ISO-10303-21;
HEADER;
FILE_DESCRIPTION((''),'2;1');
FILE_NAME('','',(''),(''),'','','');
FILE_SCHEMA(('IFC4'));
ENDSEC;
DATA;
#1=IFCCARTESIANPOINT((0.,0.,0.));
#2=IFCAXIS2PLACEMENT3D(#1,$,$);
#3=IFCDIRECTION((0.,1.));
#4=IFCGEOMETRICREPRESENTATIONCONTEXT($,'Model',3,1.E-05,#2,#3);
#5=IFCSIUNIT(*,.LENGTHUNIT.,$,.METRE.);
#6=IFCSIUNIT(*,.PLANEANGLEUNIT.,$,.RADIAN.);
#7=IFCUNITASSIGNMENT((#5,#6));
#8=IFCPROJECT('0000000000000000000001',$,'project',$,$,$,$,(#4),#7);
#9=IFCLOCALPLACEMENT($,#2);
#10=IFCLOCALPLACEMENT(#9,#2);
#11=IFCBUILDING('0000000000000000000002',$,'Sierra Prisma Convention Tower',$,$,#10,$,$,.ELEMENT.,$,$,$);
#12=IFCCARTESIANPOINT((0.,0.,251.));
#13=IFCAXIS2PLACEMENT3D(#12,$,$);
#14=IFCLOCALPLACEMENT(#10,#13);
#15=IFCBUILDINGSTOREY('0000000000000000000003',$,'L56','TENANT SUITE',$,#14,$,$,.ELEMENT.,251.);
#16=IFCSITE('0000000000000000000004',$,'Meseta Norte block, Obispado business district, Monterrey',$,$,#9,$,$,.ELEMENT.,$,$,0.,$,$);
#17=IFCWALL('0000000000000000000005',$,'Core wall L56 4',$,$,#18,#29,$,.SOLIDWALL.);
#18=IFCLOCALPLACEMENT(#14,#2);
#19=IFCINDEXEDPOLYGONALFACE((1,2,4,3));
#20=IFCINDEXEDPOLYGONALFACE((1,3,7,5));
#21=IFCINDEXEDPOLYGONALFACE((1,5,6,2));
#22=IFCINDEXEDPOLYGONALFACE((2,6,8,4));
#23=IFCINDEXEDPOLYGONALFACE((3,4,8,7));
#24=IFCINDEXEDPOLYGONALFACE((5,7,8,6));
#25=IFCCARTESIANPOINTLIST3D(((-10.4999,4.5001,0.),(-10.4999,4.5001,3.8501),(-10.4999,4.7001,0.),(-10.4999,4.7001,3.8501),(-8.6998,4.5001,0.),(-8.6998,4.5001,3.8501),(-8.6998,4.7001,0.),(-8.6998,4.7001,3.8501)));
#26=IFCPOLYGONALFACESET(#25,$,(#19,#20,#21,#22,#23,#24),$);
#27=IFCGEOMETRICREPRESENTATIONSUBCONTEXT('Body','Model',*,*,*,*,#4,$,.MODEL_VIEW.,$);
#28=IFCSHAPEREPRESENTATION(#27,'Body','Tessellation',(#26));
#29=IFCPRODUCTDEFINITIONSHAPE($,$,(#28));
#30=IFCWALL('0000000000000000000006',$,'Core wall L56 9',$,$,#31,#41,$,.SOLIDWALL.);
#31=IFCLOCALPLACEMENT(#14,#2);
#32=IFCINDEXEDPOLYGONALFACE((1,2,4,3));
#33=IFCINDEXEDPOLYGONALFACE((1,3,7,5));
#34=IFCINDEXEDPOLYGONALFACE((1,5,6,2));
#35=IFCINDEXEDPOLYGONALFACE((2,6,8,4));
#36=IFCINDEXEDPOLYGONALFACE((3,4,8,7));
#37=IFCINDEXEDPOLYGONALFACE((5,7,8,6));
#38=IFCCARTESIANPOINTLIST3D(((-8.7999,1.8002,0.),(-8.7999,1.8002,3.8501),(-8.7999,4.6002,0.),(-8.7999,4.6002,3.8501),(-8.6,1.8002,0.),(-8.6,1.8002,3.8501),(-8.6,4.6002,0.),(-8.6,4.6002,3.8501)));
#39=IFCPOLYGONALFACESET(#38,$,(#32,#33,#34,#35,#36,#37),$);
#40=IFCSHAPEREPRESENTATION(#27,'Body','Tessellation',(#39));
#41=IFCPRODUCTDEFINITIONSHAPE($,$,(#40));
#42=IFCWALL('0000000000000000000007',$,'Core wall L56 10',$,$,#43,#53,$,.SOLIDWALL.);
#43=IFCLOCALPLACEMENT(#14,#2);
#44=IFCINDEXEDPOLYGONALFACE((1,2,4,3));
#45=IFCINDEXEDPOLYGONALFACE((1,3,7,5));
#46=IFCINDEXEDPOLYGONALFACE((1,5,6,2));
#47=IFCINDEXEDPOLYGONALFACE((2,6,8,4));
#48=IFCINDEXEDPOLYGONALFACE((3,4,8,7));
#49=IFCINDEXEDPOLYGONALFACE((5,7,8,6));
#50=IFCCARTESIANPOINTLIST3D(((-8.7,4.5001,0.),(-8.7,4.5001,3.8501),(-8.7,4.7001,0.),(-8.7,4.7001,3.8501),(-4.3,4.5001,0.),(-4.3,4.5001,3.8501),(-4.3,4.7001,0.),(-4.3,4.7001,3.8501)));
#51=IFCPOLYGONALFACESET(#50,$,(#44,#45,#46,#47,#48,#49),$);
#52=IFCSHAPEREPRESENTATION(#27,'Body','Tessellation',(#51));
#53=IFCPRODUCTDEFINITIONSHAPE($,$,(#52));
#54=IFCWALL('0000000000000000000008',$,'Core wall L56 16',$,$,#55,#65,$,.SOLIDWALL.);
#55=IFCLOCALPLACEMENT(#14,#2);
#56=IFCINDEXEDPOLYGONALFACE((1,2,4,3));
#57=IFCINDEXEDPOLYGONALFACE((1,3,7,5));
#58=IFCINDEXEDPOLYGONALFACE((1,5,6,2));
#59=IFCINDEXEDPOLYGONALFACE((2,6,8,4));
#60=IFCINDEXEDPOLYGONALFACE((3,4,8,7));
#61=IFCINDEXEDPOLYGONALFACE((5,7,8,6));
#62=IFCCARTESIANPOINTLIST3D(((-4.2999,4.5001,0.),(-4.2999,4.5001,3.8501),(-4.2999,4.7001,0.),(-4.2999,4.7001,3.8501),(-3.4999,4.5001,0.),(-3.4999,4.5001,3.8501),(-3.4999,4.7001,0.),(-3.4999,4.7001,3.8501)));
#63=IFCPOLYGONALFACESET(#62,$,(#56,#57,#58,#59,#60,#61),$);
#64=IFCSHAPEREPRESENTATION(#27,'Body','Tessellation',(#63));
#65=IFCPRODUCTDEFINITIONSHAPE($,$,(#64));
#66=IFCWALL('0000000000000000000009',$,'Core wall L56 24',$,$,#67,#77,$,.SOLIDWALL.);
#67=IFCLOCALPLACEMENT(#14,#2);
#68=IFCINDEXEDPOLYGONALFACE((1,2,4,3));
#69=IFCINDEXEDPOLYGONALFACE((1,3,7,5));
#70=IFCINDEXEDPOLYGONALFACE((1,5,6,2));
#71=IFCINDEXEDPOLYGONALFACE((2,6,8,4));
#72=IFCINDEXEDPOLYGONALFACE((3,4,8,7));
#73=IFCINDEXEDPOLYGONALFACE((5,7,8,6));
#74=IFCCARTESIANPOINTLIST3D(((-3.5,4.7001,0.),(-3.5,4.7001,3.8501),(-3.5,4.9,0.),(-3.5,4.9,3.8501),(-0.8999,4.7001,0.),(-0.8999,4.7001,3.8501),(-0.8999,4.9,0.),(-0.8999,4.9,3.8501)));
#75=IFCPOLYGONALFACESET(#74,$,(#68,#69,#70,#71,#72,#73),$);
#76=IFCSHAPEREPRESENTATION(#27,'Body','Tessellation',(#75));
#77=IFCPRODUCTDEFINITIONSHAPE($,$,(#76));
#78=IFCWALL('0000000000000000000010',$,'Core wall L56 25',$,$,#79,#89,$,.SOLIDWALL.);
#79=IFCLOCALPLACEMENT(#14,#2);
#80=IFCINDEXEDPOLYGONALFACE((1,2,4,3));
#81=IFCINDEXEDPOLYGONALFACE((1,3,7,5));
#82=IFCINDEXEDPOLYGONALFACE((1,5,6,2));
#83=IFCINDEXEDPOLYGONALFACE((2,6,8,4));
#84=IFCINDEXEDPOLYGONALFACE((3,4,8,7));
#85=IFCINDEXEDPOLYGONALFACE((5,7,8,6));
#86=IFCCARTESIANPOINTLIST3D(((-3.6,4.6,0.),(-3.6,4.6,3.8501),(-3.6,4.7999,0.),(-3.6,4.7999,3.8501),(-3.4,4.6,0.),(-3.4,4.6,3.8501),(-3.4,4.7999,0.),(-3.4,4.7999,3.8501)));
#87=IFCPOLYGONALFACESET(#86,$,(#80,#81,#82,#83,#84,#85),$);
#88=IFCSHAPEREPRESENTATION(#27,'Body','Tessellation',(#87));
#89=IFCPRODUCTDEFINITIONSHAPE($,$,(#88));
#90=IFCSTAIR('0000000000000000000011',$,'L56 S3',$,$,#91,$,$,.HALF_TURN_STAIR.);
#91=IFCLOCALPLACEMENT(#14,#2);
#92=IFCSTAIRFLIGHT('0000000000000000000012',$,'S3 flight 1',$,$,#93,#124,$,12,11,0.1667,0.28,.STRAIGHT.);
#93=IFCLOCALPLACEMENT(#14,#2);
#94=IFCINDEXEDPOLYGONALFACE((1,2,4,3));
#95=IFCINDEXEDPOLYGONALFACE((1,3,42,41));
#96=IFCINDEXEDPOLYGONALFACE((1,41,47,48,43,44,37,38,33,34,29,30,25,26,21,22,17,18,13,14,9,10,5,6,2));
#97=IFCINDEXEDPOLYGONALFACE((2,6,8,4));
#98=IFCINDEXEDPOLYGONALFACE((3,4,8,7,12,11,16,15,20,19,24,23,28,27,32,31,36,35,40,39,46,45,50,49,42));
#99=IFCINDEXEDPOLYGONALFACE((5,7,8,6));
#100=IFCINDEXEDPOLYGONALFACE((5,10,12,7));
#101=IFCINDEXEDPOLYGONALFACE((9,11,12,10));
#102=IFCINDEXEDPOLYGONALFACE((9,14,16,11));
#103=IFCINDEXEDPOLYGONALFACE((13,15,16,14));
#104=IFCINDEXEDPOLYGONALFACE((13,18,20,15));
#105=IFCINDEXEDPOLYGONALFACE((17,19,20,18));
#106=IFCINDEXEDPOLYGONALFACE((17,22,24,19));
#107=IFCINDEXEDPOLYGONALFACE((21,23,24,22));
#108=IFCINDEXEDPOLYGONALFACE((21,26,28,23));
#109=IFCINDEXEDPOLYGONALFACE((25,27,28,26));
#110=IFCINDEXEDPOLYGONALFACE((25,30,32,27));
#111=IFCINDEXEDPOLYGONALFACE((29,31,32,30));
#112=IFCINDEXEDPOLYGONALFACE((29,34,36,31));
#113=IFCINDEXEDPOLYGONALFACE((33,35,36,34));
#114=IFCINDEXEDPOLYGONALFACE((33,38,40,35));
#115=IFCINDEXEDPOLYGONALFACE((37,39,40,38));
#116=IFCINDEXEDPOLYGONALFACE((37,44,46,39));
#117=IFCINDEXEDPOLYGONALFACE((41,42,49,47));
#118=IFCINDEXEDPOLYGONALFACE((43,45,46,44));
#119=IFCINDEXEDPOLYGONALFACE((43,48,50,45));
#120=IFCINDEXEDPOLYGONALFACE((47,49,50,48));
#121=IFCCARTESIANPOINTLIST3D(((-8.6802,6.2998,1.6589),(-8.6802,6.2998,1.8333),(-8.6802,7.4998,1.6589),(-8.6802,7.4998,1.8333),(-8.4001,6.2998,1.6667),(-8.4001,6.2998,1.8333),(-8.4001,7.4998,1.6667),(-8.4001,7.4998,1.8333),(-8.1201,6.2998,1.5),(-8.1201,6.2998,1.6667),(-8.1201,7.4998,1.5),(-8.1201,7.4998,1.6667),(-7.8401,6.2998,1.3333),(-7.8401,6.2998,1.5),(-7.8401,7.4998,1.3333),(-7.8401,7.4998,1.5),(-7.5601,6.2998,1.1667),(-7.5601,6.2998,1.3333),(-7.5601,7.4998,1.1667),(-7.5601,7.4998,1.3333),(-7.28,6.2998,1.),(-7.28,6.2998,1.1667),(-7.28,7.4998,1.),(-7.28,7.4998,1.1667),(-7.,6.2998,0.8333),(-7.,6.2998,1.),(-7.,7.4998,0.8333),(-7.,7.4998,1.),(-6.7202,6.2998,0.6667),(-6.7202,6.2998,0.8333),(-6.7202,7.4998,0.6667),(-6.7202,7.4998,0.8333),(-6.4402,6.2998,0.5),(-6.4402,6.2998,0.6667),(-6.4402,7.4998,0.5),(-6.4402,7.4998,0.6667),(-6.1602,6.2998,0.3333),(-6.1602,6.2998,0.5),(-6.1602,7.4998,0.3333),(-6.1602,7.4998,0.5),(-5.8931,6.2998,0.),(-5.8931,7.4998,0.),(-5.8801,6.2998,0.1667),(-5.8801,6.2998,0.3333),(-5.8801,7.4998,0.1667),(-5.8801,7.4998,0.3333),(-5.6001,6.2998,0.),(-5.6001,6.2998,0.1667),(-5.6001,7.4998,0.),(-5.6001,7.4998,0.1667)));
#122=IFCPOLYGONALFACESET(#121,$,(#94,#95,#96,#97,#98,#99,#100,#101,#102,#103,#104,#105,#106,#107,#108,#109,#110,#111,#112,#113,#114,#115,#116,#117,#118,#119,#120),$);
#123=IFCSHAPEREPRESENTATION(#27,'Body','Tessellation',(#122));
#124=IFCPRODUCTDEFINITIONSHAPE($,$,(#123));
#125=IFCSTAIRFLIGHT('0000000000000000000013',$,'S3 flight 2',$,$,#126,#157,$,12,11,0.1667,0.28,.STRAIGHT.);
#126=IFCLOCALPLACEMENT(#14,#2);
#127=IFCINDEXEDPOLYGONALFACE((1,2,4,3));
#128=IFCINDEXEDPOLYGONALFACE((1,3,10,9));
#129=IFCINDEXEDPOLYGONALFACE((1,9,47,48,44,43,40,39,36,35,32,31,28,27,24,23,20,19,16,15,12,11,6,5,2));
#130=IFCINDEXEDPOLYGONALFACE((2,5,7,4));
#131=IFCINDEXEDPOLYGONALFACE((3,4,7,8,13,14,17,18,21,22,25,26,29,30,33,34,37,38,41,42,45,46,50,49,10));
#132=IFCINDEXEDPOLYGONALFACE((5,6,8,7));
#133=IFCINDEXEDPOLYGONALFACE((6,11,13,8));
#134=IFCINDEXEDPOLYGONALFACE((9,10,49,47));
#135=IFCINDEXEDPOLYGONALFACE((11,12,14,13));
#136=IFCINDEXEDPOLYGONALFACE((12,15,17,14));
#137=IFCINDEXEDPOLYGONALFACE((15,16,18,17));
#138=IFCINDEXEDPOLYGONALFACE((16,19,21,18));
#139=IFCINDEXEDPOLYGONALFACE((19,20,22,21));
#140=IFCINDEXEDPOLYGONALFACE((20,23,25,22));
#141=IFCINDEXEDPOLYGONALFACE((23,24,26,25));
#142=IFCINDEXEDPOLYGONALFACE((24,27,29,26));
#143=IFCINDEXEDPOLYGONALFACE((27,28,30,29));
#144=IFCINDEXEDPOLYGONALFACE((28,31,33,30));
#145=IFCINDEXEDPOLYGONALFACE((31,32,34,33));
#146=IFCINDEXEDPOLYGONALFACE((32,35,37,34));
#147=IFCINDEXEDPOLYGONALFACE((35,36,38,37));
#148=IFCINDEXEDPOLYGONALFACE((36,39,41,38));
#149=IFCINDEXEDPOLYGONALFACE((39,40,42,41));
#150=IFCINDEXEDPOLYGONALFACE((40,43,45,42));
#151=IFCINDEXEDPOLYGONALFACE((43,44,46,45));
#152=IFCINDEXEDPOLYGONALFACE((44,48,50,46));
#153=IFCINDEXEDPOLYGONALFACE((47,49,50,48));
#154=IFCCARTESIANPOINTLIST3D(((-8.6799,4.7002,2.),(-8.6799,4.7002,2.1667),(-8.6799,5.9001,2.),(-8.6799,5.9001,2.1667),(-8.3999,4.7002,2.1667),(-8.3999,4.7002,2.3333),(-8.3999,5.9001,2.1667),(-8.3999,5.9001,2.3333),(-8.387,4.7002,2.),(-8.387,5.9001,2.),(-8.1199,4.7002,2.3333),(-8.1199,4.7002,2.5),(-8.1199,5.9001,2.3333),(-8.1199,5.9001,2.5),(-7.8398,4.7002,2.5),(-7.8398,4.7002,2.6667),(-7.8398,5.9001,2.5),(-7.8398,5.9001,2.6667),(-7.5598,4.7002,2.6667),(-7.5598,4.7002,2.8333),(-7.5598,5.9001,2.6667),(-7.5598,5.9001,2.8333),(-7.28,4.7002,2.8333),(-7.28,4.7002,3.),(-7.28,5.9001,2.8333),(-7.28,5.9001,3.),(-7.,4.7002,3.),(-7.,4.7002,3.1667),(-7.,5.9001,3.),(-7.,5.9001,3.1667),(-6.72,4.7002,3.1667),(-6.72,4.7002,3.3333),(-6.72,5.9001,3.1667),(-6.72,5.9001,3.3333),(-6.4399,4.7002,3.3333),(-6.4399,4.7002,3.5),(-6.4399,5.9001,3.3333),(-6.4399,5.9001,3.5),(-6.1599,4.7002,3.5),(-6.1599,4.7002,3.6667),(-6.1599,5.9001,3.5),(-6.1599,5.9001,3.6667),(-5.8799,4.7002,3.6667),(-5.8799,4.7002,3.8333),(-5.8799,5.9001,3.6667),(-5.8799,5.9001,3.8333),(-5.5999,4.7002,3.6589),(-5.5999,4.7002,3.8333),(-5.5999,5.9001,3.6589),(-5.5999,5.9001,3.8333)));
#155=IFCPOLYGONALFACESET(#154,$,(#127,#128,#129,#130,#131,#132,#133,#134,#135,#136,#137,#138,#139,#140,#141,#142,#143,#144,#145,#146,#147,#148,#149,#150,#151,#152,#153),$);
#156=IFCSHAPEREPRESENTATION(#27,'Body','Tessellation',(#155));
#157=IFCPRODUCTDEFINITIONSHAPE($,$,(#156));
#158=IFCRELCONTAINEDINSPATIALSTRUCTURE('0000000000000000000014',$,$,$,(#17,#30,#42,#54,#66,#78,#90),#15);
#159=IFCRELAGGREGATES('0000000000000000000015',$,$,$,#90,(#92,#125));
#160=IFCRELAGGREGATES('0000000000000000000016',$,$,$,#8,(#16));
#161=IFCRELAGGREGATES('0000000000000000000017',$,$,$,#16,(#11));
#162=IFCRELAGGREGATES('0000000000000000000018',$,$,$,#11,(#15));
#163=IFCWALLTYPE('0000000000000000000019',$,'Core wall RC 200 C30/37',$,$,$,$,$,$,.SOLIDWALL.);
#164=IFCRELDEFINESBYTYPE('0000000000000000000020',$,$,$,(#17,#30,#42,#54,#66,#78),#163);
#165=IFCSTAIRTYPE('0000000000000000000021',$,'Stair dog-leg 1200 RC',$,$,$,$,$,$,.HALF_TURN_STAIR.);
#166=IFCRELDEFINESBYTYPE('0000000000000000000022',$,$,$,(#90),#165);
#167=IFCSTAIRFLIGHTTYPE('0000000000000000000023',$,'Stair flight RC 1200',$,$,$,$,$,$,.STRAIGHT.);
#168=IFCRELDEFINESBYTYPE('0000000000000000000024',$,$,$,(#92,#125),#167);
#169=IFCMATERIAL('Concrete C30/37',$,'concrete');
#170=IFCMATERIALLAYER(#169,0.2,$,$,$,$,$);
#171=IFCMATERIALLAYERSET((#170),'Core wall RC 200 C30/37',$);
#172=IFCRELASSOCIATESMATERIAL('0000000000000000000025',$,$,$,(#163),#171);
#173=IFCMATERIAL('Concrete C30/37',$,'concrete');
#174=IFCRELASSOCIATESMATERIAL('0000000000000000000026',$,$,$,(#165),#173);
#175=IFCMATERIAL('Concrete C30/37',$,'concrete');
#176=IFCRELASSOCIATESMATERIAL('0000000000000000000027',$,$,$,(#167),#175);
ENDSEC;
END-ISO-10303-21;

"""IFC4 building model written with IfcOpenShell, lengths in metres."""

from ifc_helpers import new_model, si_unit, direction, frame, frame_2d, origin, place, context, subcontext, project, spatial, polyline, rectangle, outline, extrude, material, layer, layer_set, type_object, element, aggregate, save


model = new_model("IFC4")

# Units and contexts
model_context = context("Model", 3, precision=1e-05, world=origin(), true_north=direction((0.0, 1.0)))
body_context = subcontext(model_context, "Body", "Model", "MODEL_VIEW")
ifc_project = project(units=[si_unit("LENGTHUNIT", "METRE"), si_unit("PLANEANGLEUNIT", "RADIAN")], contexts=[model_context])

# Site, building, storey
site_placement = place(None, origin())
site = spatial("IfcSite", under=ifc_project, at=site_placement, Name="Meseta Norte block, Obispado business district, Monterrey", CompositionType="ELEMENT", RefElevation=0.0)
building_placement = place(site_placement, origin())
building = spatial("IfcBuilding", under=site, at=building_placement, Name="Sierra Prisma Convention Tower", CompositionType="ELEMENT")
storey_placement = place(building_placement, frame((0.0, 0.0, 251.0)))
storey = spatial("IfcBuildingStorey", under=building, at=storey_placement, Name="L56", Description="TENANT SUITE", CompositionType="ELEMENT", Elevation=251.0)

# Walls
ifc_material_1 = material(Name="Concrete C30/37", Category="concrete")
ifc_layer = layer(ifc_material_1, 0.2)
ifc_layer_set = layer_set([ifc_layer], Name="Core wall RC 200 C30/37")
wall_type = type_object("IfcWallType", Name="Core wall RC 200 C30/37", PredefinedType="SOLIDWALL", material=ifc_layer_set)
wall_1_placement = place(storey_placement, frame((-8.7, 4.6001, 0.0), z_axis=(0.0, 0.0, 1.0), x_axis=(-1.0, 0.0, 0.0)))
element("IfcWall", 1, at=wall_1_placement, inside=storey, type_object=wall_type, Name="Core wall L56 4", PredefinedType="SOLIDWALL", context=body_context, shape_type="SweptSolid", body=[
    extrude(rectangle(XDim=1.8, YDim=0.2, at=frame_2d((0.8999, 0.0))), origin(), (0.0, 0.0, 1.0), 3.8501),
])
wall_2_placement = place(storey_placement, frame((-8.7, 4.6001, 0.0), z_axis=(0.0, 0.0, 1.0), x_axis=(0.0, -1.0, 0.0)))
element("IfcWall", 2, at=wall_2_placement, inside=storey, type_object=wall_type, Name="Core wall L56 9", PredefinedType="SOLIDWALL", context=body_context, shape_type="SweptSolid", body=[
    extrude(rectangle(XDim=2.8, YDim=0.2, at=frame_2d((1.3999, 0.0))), origin(), (0.0, 0.0, 1.0), 3.8501),
])
wall_3_placement = place(storey_placement, frame((-4.3, 4.6001, 0.0), z_axis=(0.0, 0.0, 1.0), x_axis=(-1.0, 0.0, 0.0)))
element("IfcWall", 3, at=wall_3_placement, inside=storey, type_object=wall_type, Name="Core wall L56 10", PredefinedType="SOLIDWALL", context=body_context, shape_type="SweptSolid", body=[
    extrude(rectangle(XDim=4.3999, YDim=0.2, at=frame_2d((2.2, 0.0))), origin(), (0.0, 0.0, 1.0), 3.8501),
])
wall_4_placement = place(storey_placement, frame((-3.5, 4.6001, 0.0), z_axis=(0.0, 0.0, 1.0), x_axis=(-1.0, 0.0, 0.0)))
element("IfcWall", 4, at=wall_4_placement, inside=storey, type_object=wall_type, Name="Core wall L56 16", PredefinedType="SOLIDWALL", context=body_context, shape_type="SweptSolid", body=[
    extrude(rectangle(XDim=0.8, YDim=0.2, at=frame_2d((0.3999, 0.0))), origin(), (0.0, 0.0, 1.0), 3.8501),
])

# Walls
wall_5_placement = place(storey_placement, frame((-0.8999, 4.8, 0.0), z_axis=(0.0, 0.0, 1.0), x_axis=(-1.0, 0.0, 0.0)))
element("IfcWall", 5, at=wall_5_placement, inside=storey, type_object=wall_type, Name="Core wall L56 24", PredefinedType="SOLIDWALL", context=body_context, shape_type="SweptSolid", body=[
    extrude(rectangle(XDim=2.6001, YDim=0.2, at=frame_2d((1.3, 0.0))), origin(), (0.0, 0.0, 1.0), 3.8501),
])
wall_6_placement = place(storey_placement, frame((-3.5, 4.8, 0.0), z_axis=(0.0, 0.0, 1.0), x_axis=(0.0, -1.0, 0.0)))
element("IfcWall", 6, at=wall_6_placement, inside=storey, type_object=wall_type, Name="Core wall L56 25", PredefinedType="SOLIDWALL", context=body_context, shape_type="SweptSolid", body=[
    extrude(rectangle(XDim=0.2, YDim=0.2, at=frame_2d((0.1001, 0.0))), origin(), (0.0, 0.0, 1.0), 3.8501),
])

# Stair, stair flights
ifc_material_2 = material(Name="Concrete C30/37", Category="concrete")
stair_type = type_object("IfcStairType", Name="Stair dog-leg 1200 RC", PredefinedType="HALF_TURN_STAIR", material=ifc_material_2)
stair_placement = place(storey_placement, origin())
stair = element("IfcStair", 7, at=stair_placement, inside=storey, type_object=stair_type, Name="L56 S3", PredefinedType="HALF_TURN_STAIR")
ifc_material_3 = material(Name="Concrete C30/37", Category="concrete")
stair_flight_type = type_object("IfcStairFlightType", Name="Stair flight RC 1200", PredefinedType="STRAIGHT", material=ifc_material_3)
stair_flight_1_placement = place(storey_placement, frame((-5.6001, 6.8999, 0.0), z_axis=(0.0, 0.0, 1.0), x_axis=(-1.0, 0.0, 0.0)))
stair_flight_1 = element("IfcStairFlight", 8, at=stair_flight_1_placement, type_object=stair_flight_type, Name="S3 flight 1", NumberOfRisers=12, NumberOfTreads=11, PredefinedType="STRAIGHT", RiserHeight=0.1667, TreadLength=0.28, context=body_context, shape_type="SweptSolid", body=[
    extrude(outline(polyline([(0.0, 0.0), (0.0, 0.1667), (0.28, 0.1667), (0.28, 0.3333), (0.5601, 0.3333), (0.5601, 0.5), (0.8401, 0.5), (0.8401, 0.6667), (1.1201, 0.6667), (1.1201, 0.8333), (1.3999, 0.8333), (1.3999, 1.0), (1.6799, 1.0), (1.6799, 1.1667), (1.96, 1.1667), (1.96, 1.3333), (2.24, 1.3333), (2.24, 1.5), (2.52, 1.5), (2.52, 1.6667), (2.8, 1.6667), (2.8, 1.8333), (3.0801, 1.8333), (3.0801, 2.0), (3.0801, 1.6589), (0.293, 0.0), (0.0, 0.0)])), frame((0.0, 0.6001, 0.0), z_axis=(0.0, -1.0, 0.0), x_axis=(1.0, 0.0, 0.0)), (0.0, 0.0, 1.0), 1.2),
])
stair_flight_2_placement = place(storey_placement, frame((-8.6799, 5.3, 2.0), z_axis=(0.0, 0.0, 1.0), x_axis=(1.0, 0.0, 0.0)))
stair_flight_2 = element("IfcStairFlight", 9, at=stair_flight_2_placement, type_object=stair_flight_type, Name="S3 flight 2", NumberOfRisers=12, NumberOfTreads=11, PredefinedType="STRAIGHT", RiserHeight=0.1667, TreadLength=0.28, context=body_context, shape_type="SweptSolid", body=[
    extrude(outline(polyline([(0.0, 0.0), (0.0, 0.1667), (0.28, 0.1667), (0.28, 0.3333), (0.5601, 0.3333), (0.5601, 0.5), (0.8401, 0.5), (0.8401, 0.6667), (1.1201, 0.6667), (1.1201, 0.8333), (1.3999, 0.8333), (1.3999, 1.0), (1.6799, 1.0), (1.6799, 1.1667), (1.96, 1.1667), (1.96, 1.3333), (2.24, 1.3333), (2.24, 1.5), (2.52, 1.5), (2.52, 1.6667), (2.8, 1.6667), (2.8, 1.8333), (3.0801, 1.8333), (3.0801, 2.0), (3.0801, 1.6589), (0.293, 0.0), (0.0, 0.0)])), frame((0.0, 0.6001, 0.0), z_axis=(0.0, -1.0, 0.0), x_axis=(1.0, 0.0, 0.0)), (0.0, 0.0, 1.0), 1.2),
])
aggregate(stair, [stair_flight_1, stair_flight_2])

save(model, "model.ifc")
